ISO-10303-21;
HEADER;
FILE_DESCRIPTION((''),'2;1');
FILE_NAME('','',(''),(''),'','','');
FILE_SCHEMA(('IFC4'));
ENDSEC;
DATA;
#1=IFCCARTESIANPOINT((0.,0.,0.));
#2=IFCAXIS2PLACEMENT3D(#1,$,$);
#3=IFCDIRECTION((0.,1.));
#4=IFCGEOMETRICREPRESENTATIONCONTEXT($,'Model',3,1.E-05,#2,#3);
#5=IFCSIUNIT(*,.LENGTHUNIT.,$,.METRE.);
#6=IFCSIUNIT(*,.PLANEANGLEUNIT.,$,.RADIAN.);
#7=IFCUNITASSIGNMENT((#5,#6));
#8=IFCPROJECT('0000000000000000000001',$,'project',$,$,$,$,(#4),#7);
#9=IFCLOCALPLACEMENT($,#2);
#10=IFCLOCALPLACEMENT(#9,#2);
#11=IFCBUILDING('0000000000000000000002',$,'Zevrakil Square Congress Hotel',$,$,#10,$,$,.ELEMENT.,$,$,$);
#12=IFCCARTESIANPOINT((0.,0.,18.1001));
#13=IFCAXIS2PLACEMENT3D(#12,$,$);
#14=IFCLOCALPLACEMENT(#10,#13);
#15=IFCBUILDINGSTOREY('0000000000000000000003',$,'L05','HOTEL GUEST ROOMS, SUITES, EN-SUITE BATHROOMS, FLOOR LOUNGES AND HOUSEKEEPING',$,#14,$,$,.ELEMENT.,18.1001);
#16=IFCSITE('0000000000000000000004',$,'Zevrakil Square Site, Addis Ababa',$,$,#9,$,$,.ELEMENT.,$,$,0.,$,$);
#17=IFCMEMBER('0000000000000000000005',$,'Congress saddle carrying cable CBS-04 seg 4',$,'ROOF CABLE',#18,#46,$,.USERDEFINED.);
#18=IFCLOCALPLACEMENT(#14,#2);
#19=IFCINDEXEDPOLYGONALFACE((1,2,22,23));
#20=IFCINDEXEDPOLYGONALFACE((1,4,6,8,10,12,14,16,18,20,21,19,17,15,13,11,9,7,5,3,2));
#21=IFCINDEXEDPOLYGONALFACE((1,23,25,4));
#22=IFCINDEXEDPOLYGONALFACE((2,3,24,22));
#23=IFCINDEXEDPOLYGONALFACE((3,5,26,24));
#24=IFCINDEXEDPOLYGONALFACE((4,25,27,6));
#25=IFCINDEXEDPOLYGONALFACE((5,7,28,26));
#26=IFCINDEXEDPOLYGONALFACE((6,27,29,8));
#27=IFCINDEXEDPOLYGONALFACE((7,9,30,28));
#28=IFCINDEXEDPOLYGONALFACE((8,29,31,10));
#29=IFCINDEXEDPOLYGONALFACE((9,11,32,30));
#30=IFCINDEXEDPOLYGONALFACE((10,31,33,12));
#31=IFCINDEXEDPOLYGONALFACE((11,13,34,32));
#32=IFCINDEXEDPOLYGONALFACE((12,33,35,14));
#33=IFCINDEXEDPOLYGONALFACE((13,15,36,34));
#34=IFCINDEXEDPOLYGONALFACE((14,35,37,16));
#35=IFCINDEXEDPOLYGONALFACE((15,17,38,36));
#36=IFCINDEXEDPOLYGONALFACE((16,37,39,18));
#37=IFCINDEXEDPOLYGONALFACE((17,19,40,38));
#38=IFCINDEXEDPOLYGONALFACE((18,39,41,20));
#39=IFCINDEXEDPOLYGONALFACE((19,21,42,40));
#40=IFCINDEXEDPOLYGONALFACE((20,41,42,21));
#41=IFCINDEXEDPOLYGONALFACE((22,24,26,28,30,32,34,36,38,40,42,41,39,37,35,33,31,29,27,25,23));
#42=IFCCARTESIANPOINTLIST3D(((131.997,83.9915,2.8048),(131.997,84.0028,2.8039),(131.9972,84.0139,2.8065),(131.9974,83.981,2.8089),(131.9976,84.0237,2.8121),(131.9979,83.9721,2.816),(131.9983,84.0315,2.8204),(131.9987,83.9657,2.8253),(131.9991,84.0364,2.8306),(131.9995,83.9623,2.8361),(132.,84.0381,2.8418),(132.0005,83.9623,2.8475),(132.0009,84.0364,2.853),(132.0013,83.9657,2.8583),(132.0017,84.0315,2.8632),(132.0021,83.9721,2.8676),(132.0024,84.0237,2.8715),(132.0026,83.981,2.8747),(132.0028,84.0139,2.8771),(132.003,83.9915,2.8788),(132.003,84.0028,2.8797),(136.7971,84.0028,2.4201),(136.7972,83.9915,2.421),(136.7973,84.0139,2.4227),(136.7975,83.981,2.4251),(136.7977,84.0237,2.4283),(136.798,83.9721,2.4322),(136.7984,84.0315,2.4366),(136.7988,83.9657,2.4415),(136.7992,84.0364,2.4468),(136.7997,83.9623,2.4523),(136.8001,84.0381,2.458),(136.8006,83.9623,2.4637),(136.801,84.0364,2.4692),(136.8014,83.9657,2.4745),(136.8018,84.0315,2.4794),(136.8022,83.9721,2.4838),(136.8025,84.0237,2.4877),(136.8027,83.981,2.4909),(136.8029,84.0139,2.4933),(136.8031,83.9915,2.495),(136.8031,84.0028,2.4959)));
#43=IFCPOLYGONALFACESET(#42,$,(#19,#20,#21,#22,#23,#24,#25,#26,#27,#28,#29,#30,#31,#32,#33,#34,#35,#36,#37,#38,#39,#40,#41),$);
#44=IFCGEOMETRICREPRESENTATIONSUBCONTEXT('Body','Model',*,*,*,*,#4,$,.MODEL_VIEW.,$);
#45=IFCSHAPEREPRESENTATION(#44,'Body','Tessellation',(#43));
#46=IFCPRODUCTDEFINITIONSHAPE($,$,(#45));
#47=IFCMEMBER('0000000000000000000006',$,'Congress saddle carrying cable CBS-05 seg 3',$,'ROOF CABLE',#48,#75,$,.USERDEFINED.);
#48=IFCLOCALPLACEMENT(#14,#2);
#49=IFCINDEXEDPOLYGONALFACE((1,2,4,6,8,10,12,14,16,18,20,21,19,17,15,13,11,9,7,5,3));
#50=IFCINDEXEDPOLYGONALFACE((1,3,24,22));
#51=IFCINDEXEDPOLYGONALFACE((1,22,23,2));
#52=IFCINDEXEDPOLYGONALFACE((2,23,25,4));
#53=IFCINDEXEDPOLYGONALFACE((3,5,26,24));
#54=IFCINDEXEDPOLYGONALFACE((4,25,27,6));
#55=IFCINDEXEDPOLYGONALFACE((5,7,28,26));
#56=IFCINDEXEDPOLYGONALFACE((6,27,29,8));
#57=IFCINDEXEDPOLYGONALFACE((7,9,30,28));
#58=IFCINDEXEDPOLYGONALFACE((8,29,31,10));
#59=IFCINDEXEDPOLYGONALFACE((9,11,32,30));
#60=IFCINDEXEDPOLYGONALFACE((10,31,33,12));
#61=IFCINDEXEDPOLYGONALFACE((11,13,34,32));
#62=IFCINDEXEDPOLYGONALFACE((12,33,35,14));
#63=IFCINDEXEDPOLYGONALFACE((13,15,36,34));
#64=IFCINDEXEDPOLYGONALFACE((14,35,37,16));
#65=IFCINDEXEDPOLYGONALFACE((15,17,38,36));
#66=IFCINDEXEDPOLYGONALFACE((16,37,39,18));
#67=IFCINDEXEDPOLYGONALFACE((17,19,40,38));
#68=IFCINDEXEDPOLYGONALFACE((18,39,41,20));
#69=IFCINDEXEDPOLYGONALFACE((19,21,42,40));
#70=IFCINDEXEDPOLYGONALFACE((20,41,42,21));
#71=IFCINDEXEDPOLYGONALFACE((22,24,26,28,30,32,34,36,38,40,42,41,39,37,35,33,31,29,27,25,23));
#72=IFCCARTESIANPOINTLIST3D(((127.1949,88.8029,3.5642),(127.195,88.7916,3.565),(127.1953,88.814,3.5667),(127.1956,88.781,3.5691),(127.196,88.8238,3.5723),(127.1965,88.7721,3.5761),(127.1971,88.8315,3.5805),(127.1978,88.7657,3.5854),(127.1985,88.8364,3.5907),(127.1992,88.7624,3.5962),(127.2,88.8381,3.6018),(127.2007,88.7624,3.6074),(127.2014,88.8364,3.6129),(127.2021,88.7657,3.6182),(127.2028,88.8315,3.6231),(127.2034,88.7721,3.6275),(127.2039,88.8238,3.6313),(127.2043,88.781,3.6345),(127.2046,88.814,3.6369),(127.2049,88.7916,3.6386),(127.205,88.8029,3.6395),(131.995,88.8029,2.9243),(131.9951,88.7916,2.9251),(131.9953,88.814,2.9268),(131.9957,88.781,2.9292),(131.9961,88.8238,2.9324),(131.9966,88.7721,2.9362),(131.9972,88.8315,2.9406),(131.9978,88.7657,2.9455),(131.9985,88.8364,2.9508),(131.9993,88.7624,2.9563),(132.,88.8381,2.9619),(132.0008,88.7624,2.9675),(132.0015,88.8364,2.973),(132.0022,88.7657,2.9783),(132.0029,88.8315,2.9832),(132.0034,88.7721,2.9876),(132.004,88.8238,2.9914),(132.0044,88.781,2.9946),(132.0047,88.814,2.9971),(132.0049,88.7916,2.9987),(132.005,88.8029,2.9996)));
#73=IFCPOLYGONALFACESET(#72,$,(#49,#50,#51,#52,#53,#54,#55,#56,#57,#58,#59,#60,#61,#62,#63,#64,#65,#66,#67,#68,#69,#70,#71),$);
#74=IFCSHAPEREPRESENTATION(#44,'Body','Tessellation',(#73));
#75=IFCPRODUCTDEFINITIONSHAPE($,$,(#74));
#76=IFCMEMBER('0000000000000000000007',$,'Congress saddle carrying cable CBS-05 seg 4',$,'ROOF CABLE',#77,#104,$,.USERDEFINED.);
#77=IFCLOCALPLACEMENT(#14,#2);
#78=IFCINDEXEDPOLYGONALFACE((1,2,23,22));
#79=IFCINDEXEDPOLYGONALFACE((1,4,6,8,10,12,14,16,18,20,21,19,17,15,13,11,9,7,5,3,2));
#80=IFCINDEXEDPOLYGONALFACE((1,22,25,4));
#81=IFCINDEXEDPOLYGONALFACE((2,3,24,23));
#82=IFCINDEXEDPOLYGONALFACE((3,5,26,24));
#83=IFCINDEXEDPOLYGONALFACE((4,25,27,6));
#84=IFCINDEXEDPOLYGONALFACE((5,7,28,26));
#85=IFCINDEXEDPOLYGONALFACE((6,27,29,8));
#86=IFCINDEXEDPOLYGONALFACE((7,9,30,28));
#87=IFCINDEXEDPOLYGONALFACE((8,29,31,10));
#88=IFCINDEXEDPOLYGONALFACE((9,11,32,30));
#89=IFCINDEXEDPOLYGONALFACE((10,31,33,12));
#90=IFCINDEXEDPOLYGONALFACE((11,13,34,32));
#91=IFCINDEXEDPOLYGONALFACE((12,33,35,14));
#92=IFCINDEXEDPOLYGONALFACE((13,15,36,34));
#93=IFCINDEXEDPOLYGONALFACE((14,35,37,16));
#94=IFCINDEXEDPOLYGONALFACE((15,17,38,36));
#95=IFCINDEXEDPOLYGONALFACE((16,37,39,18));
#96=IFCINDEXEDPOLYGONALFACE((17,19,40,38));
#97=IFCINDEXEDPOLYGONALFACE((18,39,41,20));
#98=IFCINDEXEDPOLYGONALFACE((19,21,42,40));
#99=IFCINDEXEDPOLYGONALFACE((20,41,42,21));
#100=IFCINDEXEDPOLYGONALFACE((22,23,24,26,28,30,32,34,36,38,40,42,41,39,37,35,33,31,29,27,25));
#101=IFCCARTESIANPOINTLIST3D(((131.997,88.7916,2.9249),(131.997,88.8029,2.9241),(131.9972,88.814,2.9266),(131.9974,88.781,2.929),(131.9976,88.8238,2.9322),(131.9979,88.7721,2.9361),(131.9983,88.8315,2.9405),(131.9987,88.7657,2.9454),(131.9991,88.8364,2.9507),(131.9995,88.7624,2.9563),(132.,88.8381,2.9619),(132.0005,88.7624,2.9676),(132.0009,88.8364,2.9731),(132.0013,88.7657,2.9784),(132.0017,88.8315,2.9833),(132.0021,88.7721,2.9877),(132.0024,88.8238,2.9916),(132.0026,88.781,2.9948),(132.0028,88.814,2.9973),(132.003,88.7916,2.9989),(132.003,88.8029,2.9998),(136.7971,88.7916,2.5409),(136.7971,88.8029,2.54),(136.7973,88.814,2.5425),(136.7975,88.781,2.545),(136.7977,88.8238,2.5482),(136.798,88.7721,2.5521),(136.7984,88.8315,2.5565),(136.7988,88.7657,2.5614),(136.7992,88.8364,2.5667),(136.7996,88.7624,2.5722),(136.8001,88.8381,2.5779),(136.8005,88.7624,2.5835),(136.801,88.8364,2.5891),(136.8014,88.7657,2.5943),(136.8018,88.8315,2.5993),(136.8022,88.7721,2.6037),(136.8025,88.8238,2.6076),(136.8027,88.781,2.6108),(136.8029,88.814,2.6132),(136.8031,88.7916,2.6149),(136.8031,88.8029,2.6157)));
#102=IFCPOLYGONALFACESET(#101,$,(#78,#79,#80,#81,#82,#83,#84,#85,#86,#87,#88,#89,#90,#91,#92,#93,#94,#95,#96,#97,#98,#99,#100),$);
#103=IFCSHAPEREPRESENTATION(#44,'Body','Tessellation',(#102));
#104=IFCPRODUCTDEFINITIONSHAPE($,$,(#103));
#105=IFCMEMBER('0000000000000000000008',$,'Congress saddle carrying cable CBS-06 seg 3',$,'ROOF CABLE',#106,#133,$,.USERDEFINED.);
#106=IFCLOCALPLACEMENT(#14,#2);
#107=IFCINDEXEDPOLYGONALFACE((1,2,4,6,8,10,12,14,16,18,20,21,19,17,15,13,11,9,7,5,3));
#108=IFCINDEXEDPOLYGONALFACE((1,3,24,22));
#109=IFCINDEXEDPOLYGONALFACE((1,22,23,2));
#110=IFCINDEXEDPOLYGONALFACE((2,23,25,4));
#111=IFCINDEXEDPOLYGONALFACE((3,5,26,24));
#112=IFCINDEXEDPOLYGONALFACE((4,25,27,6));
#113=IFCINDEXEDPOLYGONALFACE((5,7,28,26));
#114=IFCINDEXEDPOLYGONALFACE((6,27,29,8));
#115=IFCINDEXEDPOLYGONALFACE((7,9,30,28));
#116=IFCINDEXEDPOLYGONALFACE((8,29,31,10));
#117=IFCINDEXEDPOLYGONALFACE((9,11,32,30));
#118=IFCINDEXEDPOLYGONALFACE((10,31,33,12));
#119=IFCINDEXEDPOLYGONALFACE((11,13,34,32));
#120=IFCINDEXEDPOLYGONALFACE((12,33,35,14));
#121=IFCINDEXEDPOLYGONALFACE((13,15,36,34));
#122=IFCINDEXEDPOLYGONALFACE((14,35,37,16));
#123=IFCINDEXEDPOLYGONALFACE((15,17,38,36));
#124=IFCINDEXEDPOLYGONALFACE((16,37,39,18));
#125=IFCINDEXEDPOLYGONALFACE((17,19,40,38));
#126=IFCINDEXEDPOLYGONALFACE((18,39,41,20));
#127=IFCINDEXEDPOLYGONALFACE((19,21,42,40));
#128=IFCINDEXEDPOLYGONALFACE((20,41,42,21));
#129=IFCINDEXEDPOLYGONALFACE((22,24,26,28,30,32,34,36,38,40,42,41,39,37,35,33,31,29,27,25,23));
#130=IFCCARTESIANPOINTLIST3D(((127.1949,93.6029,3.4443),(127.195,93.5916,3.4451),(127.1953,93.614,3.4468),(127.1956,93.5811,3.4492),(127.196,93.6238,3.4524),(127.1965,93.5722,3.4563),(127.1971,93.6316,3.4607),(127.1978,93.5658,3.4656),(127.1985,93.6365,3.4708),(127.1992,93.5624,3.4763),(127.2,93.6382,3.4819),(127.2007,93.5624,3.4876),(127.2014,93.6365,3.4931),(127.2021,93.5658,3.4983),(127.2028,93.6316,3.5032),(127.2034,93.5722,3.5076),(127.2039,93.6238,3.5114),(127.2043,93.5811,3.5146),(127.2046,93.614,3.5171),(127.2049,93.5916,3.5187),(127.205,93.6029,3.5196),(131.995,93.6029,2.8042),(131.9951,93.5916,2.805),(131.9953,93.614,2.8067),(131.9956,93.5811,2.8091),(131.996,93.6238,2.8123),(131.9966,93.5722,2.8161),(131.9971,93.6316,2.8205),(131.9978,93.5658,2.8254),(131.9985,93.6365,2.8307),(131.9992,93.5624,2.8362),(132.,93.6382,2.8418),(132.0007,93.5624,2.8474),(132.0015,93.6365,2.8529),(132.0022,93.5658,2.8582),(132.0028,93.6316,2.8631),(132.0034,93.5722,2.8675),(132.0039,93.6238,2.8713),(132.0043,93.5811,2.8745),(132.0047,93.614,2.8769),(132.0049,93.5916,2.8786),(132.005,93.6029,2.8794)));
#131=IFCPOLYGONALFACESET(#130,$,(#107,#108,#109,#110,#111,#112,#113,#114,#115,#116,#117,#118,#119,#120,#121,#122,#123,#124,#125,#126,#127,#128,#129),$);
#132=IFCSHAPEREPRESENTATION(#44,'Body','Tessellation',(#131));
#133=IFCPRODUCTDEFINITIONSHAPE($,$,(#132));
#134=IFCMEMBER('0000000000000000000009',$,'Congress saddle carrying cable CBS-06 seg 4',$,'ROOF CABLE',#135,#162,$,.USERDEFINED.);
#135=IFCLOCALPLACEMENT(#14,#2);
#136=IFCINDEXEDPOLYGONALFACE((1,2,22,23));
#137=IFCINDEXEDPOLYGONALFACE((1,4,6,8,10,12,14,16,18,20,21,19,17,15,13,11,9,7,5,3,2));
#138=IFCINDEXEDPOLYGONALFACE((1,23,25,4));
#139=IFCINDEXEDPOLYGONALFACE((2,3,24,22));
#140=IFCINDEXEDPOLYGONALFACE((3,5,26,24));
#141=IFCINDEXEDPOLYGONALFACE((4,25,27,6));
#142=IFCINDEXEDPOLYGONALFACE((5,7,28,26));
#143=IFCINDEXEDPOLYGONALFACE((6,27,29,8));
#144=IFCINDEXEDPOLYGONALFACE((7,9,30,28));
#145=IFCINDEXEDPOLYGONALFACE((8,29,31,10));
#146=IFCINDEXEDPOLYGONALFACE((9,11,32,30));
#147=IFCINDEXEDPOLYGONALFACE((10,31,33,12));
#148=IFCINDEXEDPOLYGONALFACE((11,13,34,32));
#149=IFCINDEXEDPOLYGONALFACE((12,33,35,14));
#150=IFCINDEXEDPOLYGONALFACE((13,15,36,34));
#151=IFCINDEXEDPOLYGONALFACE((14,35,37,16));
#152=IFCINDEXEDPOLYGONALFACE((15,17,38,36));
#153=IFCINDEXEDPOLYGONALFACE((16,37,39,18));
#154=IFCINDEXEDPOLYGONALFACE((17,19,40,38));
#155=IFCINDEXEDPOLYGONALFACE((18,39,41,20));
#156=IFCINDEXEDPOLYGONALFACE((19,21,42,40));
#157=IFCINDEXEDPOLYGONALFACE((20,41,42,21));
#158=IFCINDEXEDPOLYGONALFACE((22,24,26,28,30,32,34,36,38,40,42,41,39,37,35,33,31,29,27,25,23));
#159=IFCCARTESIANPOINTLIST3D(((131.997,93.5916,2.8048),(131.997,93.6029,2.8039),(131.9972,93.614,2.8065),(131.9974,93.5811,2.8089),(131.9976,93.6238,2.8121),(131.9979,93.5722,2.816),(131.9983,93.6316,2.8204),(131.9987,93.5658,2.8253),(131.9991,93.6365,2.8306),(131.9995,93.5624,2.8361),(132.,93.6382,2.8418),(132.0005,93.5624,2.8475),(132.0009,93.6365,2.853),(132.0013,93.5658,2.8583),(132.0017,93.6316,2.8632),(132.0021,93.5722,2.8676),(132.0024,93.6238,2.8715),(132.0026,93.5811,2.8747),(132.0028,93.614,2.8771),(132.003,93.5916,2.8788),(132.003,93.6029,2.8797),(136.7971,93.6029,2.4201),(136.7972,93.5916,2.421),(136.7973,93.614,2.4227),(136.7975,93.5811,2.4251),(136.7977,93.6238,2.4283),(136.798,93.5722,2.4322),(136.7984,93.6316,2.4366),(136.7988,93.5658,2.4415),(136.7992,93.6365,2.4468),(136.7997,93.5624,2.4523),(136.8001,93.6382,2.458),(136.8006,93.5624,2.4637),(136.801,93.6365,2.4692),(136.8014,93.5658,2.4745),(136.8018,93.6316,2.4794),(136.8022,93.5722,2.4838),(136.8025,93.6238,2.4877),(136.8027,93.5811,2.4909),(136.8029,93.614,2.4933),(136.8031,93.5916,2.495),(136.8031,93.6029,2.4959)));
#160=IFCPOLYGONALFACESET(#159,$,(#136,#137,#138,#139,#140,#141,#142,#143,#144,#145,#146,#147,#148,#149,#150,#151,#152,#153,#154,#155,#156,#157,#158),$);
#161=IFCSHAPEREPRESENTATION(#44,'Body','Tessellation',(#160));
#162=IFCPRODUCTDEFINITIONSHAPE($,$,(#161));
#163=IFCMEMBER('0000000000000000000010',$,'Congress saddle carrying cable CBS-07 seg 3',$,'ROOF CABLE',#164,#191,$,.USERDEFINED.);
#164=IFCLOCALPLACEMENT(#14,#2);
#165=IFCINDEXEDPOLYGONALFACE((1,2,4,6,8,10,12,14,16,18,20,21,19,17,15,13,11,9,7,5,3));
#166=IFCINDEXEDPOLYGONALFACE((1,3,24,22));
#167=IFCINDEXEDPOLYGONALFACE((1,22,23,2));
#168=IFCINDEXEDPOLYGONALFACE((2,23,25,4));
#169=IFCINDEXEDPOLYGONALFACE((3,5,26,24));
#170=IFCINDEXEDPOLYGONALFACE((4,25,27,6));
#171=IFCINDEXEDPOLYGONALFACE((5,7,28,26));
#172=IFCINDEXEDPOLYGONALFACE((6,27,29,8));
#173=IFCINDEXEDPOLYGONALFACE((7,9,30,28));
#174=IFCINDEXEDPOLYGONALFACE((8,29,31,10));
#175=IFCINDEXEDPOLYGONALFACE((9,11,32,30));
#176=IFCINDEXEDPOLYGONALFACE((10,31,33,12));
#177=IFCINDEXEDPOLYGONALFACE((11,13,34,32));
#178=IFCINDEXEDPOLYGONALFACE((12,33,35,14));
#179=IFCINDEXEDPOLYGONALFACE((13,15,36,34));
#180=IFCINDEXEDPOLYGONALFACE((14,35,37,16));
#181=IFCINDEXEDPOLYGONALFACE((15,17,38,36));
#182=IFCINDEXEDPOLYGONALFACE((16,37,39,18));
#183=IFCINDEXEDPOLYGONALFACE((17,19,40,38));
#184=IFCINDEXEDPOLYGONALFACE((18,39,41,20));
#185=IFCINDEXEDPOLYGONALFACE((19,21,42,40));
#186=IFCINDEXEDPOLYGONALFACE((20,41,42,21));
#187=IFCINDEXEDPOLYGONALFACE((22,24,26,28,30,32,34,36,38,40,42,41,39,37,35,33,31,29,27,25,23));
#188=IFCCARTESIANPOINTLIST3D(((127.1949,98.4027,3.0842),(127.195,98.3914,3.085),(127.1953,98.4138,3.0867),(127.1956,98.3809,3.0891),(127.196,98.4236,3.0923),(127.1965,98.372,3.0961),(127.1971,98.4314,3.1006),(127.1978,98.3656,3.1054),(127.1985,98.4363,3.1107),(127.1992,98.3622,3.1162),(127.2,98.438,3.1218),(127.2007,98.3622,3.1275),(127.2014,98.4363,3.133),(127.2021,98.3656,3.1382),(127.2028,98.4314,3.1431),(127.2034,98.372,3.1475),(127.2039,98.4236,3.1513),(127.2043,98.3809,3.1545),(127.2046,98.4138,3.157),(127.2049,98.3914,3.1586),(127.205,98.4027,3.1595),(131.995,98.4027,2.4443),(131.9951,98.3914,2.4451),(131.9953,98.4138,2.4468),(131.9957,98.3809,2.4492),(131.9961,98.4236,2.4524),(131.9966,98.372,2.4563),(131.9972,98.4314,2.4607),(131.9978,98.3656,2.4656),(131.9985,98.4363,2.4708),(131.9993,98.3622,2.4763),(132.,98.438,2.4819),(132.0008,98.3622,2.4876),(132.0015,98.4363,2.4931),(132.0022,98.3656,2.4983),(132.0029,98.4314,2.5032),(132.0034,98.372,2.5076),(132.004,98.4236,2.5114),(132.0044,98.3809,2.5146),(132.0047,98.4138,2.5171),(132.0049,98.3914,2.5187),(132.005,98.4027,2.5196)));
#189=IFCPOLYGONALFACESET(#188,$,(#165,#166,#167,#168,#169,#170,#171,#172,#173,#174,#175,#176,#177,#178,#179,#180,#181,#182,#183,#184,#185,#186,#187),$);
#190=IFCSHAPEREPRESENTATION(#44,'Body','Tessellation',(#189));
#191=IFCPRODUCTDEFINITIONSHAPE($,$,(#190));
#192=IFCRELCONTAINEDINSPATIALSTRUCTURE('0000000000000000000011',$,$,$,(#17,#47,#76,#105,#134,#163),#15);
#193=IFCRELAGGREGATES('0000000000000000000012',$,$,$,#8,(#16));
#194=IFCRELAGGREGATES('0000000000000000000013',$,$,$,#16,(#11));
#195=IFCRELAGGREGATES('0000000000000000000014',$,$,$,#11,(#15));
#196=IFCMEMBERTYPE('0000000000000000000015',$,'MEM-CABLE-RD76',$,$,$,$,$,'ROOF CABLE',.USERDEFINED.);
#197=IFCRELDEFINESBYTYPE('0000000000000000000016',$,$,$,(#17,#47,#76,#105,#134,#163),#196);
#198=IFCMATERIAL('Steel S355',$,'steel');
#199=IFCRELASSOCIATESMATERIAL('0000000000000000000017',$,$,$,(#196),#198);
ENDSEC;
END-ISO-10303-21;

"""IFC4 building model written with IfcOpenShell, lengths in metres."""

from ifc_helpers import new_model, si_unit, direction, frame, origin, origin_2d, place, context, subcontext, project, spatial, circle, extrude, material, material_profile, profile_set, type_object, element, save


model = new_model("IFC4")

# Units and contexts
model_context = context("Model", 3, precision=1e-05, world=origin(), true_north=direction((0.0, 1.0)))
body_context = subcontext(model_context, "Body", "Model", "MODEL_VIEW")
ifc_project = project(units=[si_unit("LENGTHUNIT", "METRE"), si_unit("PLANEANGLEUNIT", "RADIAN")], contexts=[model_context])

# Site, building, storey
site_placement = place(None, origin())
site = spatial("IfcSite", under=ifc_project, at=site_placement, Name="Zevrakil Square Site, Addis Ababa", CompositionType="ELEMENT", RefElevation=0.0)
building_placement = place(site_placement, origin())
building = spatial("IfcBuilding", under=site, at=building_placement, Name="Zevrakil Square Congress Hotel", CompositionType="ELEMENT")
storey_placement = place(building_placement, frame((0.0, 0.0, 18.1001)))
storey = spatial("IfcBuildingStorey", under=building, at=storey_placement, Name="L05", Description="HOTEL GUEST ROOMS, SUITES, EN-SUITE BATHROOMS, FLOOR LOUNGES AND HOUSEKEEPING", CompositionType="ELEMENT", Elevation=18.1001)

# Members
ifc_material_1 = material(Name="Steel S355", Category="steel")
ifc_material_profile_1 = material_profile(ifc_material_1, circle(Radius=0.0381, at=origin_2d()), Name="CABLE RD76")
ifc_profile_set_1 = profile_set([ifc_material_profile_1], Name="Steel S355")
member_type_1 = type_object("IfcMemberType", Name="MEM-CABLE-RD76", ElementType="ROOF CABLE", PredefinedType="USERDEFINED", material=ifc_profile_set_1)
member_1_placement = place(storey_placement, frame((132.0, 84.0, 2.8418), z_axis=(0.996819, 0.0, -0.079701), x_axis=(0.0, 1.0, 0.0)))
element("IfcMember", 1, at=member_1_placement, inside=storey, type_object=member_type_1, Name="Congress saddle carrying cable CBS-04 seg 4", ObjectType="ROOF CABLE", PredefinedType="USERDEFINED", context=body_context, shape_type="SweptSolid", body=[
    extrude(circle(Radius=0.0381, at=origin_2d()), origin(), (0.0, 0.0, 1.0), 4.8154),
])
member_2_placement = place(storey_placement, frame((127.2, 88.8, 3.6018), z_axis=(0.991231, 0.0, -0.132141), x_axis=(0.0, 1.0, 0.0)))
element("IfcMember", 2, at=member_2_placement, inside=storey, type_object=member_type_1, Name="Congress saddle carrying cable CBS-05 seg 3", ObjectType="ROOF CABLE", PredefinedType="USERDEFINED", context=body_context, shape_type="SweptSolid", body=[
    extrude(circle(Radius=0.0381, at=origin_2d()), origin(), (0.0, 0.0, 1.0), 4.8425),
])
member_3_placement = place(storey_placement, frame((132.0, 88.8, 2.9619), z_axis=(0.996815, 0.0, -0.079751), x_axis=(0.0, 1.0, 0.0)))
element("IfcMember", 3, at=member_3_placement, inside=storey, type_object=member_type_1, Name="Congress saddle carrying cable CBS-05 seg 4", ObjectType="ROOF CABLE", PredefinedType="USERDEFINED", context=body_context, shape_type="SweptSolid", body=[
    extrude(circle(Radius=0.0381, at=origin_2d()), origin(), (0.0, 0.0, 1.0), 4.8154),
])
member_4_placement = place(storey_placement, frame((127.2, 93.6001, 3.4819), z_axis=(0.991224, 0.0, -0.13219), x_axis=(0.0, 1.0, 0.0)))
element("IfcMember", 4, at=member_4_placement, inside=storey, type_object=member_type_1, Name="Congress saddle carrying cable CBS-06 seg 3", ObjectType="ROOF CABLE", PredefinedType="USERDEFINED", context=body_context, shape_type="SweptSolid", body=[
    extrude(circle(Radius=0.0381, at=origin_2d()), origin(), (0.0, 0.0, 1.0), 4.8425),
])
member_5_placement = place(storey_placement, frame((132.0, 93.6001, 2.8418), z_axis=(0.996819, 0.0, -0.079701), x_axis=(0.0, 1.0, 0.0)))
element("IfcMember", 5, at=member_5_placement, inside=storey, type_object=member_type_1, Name="Congress saddle carrying cable CBS-06 seg 4", ObjectType="ROOF CABLE", PredefinedType="USERDEFINED", context=body_context, shape_type="SweptSolid", body=[
    extrude(circle(Radius=0.0381, at=origin_2d()), origin(), (0.0, 0.0, 1.0), 4.8154),
])
member_6_placement = place(storey_placement, frame((127.2, 98.3999, 3.1218), z_axis=(0.991231, 0.0, -0.132141), x_axis=(0.0, 1.0, 0.0)))
element("IfcMember", 6, at=member_6_placement, inside=storey, type_object=member_type_1, Name="Congress saddle carrying cable CBS-07 seg 3", ObjectType="ROOF CABLE", PredefinedType="USERDEFINED", context=body_context, shape_type="SweptSolid", body=[
    extrude(circle(Radius=0.0381, at=origin_2d()), origin(), (0.0, 0.0, 1.0), 4.8425),
])

save(model, "model.ifc")
